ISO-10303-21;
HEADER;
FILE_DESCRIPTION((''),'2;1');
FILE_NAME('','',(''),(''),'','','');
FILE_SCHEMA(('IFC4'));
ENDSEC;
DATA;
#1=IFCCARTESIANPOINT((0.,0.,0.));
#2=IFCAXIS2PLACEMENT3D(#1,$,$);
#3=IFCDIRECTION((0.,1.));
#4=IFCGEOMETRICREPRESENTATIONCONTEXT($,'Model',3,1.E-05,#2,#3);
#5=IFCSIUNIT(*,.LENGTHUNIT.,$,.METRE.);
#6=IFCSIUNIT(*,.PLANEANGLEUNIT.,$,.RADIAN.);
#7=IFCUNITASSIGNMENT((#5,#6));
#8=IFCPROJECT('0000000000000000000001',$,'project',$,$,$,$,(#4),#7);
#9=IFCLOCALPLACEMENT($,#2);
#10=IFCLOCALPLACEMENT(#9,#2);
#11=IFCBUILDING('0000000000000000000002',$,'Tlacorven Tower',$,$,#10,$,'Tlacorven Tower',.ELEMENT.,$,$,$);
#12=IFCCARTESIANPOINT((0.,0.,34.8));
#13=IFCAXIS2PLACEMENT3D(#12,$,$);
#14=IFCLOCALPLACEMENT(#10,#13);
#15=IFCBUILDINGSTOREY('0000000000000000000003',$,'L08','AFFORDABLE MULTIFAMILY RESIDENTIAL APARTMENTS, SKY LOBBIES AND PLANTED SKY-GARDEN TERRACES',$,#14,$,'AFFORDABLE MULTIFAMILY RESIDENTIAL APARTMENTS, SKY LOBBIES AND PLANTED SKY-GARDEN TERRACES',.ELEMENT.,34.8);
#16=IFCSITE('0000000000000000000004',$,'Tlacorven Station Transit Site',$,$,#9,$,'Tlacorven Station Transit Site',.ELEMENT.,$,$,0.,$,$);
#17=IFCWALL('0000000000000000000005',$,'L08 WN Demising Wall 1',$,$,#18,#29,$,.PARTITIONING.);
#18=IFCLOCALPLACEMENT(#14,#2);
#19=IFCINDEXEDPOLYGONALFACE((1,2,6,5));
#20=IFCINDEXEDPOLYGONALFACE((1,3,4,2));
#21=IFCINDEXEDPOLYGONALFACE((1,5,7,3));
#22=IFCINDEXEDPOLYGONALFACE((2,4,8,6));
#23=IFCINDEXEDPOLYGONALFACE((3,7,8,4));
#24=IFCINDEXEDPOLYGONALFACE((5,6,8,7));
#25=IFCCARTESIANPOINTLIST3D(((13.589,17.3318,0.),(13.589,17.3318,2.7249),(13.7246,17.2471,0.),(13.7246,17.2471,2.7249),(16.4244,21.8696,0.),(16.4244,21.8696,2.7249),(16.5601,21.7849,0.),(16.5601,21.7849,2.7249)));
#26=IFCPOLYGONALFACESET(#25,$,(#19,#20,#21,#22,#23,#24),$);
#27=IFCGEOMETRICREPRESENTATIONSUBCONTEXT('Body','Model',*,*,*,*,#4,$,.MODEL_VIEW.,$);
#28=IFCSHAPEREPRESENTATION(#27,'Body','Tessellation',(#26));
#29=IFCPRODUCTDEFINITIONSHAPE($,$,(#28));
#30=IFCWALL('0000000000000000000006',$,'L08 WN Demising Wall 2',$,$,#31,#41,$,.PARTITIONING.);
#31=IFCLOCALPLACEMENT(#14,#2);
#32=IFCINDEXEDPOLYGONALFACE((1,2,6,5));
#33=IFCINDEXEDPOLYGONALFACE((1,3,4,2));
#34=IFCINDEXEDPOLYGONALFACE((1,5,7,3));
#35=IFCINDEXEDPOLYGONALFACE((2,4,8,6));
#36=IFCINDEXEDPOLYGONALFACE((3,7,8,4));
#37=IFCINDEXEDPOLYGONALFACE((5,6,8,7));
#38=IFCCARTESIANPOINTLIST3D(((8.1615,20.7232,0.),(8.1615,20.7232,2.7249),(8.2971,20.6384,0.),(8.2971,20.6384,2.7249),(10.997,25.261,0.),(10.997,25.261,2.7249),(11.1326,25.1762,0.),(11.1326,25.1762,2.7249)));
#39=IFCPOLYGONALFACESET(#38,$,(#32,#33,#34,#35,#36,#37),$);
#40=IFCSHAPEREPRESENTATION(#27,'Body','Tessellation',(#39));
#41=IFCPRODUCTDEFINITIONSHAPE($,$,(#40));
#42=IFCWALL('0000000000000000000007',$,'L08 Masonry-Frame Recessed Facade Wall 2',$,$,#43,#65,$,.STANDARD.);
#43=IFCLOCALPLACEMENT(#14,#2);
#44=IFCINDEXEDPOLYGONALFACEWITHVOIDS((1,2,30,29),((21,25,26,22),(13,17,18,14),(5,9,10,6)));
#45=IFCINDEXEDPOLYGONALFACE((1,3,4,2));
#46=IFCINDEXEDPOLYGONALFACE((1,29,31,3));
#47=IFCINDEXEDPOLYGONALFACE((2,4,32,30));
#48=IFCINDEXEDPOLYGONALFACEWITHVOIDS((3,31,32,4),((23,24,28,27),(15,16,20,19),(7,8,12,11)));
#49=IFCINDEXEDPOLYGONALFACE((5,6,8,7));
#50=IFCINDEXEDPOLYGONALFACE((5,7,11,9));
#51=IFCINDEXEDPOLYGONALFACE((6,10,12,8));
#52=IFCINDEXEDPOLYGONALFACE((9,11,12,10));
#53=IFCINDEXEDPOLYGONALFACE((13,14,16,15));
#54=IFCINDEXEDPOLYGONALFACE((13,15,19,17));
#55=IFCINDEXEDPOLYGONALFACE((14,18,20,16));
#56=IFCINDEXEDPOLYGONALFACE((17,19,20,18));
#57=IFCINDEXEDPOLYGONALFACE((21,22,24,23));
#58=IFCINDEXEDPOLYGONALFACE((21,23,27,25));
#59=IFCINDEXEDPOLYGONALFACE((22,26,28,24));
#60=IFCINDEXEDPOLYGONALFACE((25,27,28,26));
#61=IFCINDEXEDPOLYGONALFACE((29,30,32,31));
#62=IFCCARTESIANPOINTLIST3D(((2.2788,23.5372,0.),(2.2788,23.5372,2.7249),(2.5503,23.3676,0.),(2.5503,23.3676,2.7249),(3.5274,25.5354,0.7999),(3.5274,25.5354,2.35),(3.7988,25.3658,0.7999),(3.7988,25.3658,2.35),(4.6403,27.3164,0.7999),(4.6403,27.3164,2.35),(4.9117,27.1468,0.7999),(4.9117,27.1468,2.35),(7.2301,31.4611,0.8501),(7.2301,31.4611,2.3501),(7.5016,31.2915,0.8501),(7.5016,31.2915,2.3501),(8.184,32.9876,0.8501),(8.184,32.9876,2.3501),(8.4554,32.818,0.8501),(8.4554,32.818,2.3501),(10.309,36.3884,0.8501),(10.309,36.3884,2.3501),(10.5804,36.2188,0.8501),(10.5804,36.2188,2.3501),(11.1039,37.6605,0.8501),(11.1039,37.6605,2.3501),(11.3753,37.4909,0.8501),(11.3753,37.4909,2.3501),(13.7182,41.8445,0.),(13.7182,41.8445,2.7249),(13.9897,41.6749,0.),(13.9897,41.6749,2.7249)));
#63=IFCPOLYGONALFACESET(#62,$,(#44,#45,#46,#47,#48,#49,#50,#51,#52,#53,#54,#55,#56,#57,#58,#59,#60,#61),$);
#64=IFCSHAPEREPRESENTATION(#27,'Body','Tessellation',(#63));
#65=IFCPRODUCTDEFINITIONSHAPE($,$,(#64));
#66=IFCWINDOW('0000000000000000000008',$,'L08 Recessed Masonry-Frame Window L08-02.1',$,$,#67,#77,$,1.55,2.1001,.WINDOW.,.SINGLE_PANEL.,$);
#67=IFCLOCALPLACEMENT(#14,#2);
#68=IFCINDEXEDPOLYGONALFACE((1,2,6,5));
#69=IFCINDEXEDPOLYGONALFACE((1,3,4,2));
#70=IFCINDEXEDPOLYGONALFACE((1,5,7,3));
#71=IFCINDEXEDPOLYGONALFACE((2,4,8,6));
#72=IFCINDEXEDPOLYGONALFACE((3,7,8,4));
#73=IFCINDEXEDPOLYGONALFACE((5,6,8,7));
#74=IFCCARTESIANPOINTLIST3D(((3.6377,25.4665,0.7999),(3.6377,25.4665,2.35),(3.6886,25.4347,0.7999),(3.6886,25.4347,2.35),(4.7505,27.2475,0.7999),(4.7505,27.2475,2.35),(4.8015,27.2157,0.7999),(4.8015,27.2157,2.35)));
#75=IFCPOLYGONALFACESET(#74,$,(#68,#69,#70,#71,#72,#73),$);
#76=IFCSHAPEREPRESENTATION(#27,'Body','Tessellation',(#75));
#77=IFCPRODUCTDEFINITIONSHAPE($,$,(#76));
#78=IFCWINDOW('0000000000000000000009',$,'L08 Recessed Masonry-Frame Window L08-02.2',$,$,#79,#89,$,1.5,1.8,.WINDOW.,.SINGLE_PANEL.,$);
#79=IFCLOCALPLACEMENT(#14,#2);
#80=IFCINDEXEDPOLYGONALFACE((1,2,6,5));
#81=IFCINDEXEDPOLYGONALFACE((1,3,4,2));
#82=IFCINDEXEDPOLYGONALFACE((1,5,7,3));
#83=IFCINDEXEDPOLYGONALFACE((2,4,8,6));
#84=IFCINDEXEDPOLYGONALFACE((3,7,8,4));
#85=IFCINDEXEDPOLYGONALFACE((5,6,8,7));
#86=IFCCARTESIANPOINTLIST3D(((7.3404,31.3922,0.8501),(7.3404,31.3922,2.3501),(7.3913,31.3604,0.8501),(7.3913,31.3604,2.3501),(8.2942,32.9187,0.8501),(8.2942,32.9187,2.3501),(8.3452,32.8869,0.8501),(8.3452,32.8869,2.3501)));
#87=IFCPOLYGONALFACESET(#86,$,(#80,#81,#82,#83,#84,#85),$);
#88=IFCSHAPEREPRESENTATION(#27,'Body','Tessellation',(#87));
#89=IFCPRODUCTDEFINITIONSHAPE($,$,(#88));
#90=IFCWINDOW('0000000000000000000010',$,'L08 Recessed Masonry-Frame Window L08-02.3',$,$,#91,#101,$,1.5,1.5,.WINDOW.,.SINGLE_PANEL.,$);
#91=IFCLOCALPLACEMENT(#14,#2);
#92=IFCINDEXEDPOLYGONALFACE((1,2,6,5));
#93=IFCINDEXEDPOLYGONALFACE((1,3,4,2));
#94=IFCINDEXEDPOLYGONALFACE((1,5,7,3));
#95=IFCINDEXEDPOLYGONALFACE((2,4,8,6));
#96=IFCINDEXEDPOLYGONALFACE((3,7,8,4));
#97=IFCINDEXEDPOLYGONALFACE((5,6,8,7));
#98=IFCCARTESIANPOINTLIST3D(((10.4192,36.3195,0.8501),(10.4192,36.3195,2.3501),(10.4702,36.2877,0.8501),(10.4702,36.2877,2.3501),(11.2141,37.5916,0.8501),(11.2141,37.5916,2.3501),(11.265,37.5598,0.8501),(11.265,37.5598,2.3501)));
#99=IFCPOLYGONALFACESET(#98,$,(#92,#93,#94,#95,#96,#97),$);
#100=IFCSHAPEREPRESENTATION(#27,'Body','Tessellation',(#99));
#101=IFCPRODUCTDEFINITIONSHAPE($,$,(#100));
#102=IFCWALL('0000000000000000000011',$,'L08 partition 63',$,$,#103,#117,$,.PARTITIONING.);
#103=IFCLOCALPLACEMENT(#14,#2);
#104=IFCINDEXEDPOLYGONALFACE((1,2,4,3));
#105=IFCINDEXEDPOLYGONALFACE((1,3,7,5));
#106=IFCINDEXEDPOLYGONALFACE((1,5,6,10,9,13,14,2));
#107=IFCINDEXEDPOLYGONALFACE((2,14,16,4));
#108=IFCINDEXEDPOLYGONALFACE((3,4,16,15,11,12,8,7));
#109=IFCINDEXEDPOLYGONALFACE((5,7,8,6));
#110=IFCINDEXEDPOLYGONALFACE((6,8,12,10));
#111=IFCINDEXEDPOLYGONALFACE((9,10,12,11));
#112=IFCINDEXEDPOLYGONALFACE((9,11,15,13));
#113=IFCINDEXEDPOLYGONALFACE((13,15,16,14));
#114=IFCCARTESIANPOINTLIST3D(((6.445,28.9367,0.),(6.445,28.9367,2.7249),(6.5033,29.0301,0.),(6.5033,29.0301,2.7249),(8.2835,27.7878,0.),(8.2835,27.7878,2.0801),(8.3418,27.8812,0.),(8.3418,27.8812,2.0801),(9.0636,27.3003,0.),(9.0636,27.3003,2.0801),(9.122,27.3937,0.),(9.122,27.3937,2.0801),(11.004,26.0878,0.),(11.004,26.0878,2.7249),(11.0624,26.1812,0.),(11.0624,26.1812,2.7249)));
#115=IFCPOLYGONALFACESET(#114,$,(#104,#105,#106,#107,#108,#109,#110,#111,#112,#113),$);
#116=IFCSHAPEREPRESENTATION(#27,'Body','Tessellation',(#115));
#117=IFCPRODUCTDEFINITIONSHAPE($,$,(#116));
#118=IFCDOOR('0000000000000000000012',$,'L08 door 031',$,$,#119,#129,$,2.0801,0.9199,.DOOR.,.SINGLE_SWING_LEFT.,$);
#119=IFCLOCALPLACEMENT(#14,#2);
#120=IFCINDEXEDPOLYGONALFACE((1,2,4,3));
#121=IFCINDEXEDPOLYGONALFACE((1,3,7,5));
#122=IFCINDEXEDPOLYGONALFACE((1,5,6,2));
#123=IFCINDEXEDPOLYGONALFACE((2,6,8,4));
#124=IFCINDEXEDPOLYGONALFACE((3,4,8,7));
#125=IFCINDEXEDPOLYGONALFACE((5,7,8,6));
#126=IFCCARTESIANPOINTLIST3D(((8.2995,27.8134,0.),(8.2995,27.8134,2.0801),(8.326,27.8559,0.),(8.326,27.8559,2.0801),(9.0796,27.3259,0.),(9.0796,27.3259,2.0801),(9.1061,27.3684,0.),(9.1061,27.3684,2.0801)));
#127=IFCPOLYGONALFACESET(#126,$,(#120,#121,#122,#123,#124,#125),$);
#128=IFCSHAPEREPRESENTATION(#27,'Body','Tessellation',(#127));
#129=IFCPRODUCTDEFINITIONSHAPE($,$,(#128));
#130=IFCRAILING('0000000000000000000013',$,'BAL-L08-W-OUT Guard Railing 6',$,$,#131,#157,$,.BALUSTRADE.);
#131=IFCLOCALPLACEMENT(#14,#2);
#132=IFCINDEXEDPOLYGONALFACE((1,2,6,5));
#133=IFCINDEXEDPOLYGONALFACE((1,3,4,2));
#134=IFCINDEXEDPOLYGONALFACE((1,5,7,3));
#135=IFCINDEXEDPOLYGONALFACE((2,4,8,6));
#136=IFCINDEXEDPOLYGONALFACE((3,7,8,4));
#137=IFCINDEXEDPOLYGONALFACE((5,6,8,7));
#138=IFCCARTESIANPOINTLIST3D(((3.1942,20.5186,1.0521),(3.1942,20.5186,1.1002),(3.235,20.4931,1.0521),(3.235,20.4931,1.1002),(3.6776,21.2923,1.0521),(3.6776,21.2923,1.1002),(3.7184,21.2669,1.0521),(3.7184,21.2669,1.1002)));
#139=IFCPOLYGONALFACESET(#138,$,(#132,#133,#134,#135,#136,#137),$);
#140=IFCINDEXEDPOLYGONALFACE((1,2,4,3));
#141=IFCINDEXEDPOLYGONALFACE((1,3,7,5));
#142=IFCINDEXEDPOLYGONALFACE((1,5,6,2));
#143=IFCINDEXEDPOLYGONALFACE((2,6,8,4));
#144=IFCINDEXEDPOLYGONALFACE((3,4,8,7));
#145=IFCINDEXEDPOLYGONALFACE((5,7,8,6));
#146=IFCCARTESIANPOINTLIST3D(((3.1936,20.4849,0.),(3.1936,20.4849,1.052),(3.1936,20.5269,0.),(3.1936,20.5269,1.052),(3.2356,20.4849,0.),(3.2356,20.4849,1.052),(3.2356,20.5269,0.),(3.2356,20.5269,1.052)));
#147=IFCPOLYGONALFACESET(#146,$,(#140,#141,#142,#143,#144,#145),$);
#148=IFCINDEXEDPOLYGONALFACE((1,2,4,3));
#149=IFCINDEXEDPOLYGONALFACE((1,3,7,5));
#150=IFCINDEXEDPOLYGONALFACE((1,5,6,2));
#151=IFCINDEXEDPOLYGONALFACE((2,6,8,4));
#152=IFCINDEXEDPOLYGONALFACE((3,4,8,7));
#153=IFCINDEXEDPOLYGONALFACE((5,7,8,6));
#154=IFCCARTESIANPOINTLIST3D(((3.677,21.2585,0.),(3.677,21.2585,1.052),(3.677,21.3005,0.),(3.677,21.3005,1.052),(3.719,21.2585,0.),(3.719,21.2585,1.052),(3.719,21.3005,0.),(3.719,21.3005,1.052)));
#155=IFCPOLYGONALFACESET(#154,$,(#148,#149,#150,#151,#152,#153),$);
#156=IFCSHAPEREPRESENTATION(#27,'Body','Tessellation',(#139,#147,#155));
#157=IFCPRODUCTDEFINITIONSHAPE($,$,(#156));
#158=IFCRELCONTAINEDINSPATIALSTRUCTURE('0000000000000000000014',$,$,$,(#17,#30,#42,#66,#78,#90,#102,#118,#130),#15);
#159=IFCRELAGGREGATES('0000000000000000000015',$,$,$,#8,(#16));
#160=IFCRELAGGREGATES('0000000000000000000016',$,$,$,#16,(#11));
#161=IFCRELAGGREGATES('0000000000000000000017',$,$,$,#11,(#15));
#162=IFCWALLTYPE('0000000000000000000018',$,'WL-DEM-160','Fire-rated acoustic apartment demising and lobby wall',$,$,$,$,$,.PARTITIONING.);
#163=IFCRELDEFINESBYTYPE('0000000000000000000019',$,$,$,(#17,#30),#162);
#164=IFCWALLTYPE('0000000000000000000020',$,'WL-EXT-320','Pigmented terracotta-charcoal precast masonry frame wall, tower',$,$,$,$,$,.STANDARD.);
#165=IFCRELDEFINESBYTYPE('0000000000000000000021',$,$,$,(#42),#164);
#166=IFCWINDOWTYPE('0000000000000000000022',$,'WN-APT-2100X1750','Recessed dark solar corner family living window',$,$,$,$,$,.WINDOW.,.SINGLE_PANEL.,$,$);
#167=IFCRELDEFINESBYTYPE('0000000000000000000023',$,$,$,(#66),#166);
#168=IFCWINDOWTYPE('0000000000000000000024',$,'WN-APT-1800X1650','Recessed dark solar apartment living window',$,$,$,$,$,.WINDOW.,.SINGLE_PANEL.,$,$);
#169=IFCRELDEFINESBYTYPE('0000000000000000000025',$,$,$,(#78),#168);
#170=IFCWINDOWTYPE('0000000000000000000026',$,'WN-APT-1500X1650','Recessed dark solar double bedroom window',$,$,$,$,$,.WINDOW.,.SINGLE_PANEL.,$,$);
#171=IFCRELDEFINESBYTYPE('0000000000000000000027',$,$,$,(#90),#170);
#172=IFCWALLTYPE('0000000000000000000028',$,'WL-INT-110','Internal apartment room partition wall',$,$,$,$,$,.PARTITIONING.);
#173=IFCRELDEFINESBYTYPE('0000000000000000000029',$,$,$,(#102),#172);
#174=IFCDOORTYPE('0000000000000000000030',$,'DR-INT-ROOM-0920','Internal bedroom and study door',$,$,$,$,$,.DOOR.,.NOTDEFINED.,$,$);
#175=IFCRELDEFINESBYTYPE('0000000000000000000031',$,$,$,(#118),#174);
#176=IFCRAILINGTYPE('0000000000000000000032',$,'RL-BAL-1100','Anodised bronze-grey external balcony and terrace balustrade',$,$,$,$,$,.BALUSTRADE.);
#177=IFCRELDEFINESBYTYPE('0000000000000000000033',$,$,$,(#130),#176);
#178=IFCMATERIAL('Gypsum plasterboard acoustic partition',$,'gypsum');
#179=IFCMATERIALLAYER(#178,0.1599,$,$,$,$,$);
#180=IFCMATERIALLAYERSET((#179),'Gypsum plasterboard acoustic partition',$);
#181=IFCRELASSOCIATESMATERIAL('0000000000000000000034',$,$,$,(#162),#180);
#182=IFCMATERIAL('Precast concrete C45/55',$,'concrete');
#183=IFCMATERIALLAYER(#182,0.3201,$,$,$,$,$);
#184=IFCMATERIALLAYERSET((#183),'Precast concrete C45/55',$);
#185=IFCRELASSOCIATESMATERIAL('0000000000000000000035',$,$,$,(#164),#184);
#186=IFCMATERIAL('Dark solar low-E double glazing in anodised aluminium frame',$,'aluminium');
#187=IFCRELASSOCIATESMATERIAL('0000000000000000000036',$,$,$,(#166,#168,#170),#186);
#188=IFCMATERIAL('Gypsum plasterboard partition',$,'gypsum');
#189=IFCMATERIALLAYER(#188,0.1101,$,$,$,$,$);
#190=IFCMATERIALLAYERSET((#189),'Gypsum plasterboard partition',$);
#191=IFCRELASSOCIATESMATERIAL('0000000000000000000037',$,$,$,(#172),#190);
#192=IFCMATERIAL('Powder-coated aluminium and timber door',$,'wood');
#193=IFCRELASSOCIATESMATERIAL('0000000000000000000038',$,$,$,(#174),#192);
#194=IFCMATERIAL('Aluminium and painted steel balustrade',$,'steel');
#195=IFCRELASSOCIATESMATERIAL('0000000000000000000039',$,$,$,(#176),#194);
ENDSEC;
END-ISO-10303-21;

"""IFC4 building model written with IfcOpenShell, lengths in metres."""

from ifc_helpers import new_model, si_unit, direction, frame, frame_2d, origin, origin_2d, place, context, subcontext, project, spatial, rectangle, extrude, source, transform, mapped, material, layer, layer_set, type_object, element, fill, save


model = new_model("IFC4")

# Units and contexts
model_context = context("Model", 3, precision=1e-05, world=origin(), true_north=direction((0.0, 1.0)))
body_context = subcontext(model_context, "Body", "Model", "MODEL_VIEW")
ifc_project = project(units=[si_unit("LENGTHUNIT", "METRE"), si_unit("PLANEANGLEUNIT", "RADIAN")], contexts=[model_context])

# Site, building, storey
site_placement = place(None, origin())
site = spatial("IfcSite", under=ifc_project, at=site_placement, Name="Tlacorven Station Transit Site", LongName="Tlacorven Station Transit Site", CompositionType="ELEMENT", RefElevation=0.0)
building_placement = place(site_placement, origin())
building = spatial("IfcBuilding", under=site, at=building_placement, Name="Tlacorven Tower", LongName="Tlacorven Tower", CompositionType="ELEMENT")
storey_placement = place(building_placement, frame((0.0, 0.0, 34.8)))
storey = spatial("IfcBuildingStorey", under=building, at=storey_placement, Name="L08", Description="AFFORDABLE MULTIFAMILY RESIDENTIAL APARTMENTS, SKY LOBBIES AND PLANTED SKY-GARDEN TERRACES", LongName="AFFORDABLE MULTIFAMILY RESIDENTIAL APARTMENTS, SKY LOBBIES AND PLANTED SKY-GARDEN TERRACES", CompositionType="ELEMENT", Elevation=34.8)

# Walls
ifc_material_1 = material(Name="Gypsum plasterboard acoustic partition", Category="gypsum")
ifc_layer_1 = layer(ifc_material_1, 0.1599)
ifc_layer_set_1 = layer_set([ifc_layer_1], Name="Gypsum plasterboard acoustic partition")
wall_type_1 = type_object("IfcWallType", Name="WL-DEM-160", Description="Fire-rated acoustic apartment demising and lobby wall", PredefinedType="PARTITIONING", material=ifc_layer_set_1)
for number, where, z_axis, x_axis, name in (
    (1, (16.4922, 21.8271, 0.0), (0.0, 0.0, 1.0), (-0.529905, -0.848057, 0.0), "L08 WN Demising Wall 1"),
    (2, (11.0647, 25.2185, 0.0), (0.0, 0.0, 1.0), (-0.529905, -0.848057, 0.0), "L08 WN Demising Wall 2"),
):
    element("IfcWall", number, at=place(storey_placement, frame(where, z_axis=z_axis, x_axis=x_axis)), inside=storey, type_object=wall_type_1, Name=name, PredefinedType="PARTITIONING", context=body_context, shape_type="SweptSolid", body=[
        extrude(rectangle(XDim=5.3508, YDim=0.1599, at=frame_2d((2.6753, 0.0))), origin(), (0.0, 0.0, 1.0), 2.7249),
    ])

# Wall, openings, windows
ifc_material_2 = material(Name="Precast concrete C45/55", Category="concrete")
ifc_layer_2 = layer(ifc_material_2, 0.3201)
ifc_layer_set_2 = layer_set([ifc_layer_2], Name="Precast concrete C45/55")
wall_type_2 = type_object("IfcWallType", Name="WL-EXT-320", Description="Pigmented terracotta-charcoal precast masonry frame wall, tower", PredefinedType="STANDARD", material=ifc_layer_set_2)
wall_1_placement = place(storey_placement, frame((2.4146, 23.4524, 0.0), z_axis=(0.0, 0.0, 1.0), x_axis=(0.52991, 0.848054, 0.0)))
wall_1 = element("IfcWall", 3, at=wall_1_placement, inside=storey, type_object=wall_type_2, Name="L08 Masonry-Frame Recessed Facade Wall 2", PredefinedType="STANDARD", context=body_context, shape_type="SweptSolid", body=[
    extrude(rectangle(XDim=21.5874, YDim=0.3201, at=frame_2d((10.7937, 0.0))), origin(), (0.0, 0.0, 1.0), 2.7249),
])
opening_1_placement = place(wall_1_placement, frame((2.3562, 0.0, 0.8)))
opening_1 = element("IfcOpeningElement", 4, at=opening_1_placement, cuts=wall_1, PredefinedType="OPENING", context=body_context, shape_type="SweptSolid", body=[
    extrude(rectangle(XDim=2.1001, YDim=1.55, at=frame_2d((1.05, 0.7749))), frame((0.0, 0.1699, 0.0), z_axis=(0.0, -1.0, 0.0), x_axis=(1.0, 0.0, 0.0)), (0.0, 0.0, 1.0), 0.3401),
])
opening_2_placement = place(wall_1_placement, frame((9.3438, 0.0, 0.8501)))
opening_2 = element("IfcOpeningElement", 5, at=opening_2_placement, cuts=wall_1, PredefinedType="OPENING", context=body_context, shape_type="SweptSolid", body=[
    extrude(rectangle(XDim=1.8, YDim=1.5, at=frame_2d((0.8999, 0.75))), frame((0.0, 0.1699, 0.0), z_axis=(0.0, -1.0, 0.0), x_axis=(1.0, 0.0, 0.0)), (0.0, 0.0, 1.0), 0.3401),
])
opening_3_placement = place(wall_1_placement, frame((15.1538, 0.0, 0.8501)))
opening_3 = element("IfcOpeningElement", 6, at=opening_3_placement, cuts=wall_1, PredefinedType="OPENING", context=body_context, shape_type="SweptSolid", body=[
    extrude(rectangle(XDim=1.5, YDim=1.5, at=frame_2d((0.75, 0.75))), frame((0.0, 0.1699, 0.0), z_axis=(0.0, -1.0, 0.0), x_axis=(1.0, 0.0, 0.0)), (0.0, 0.0, 1.0), 0.3401),
])
ifc_material_3 = material(Name="Dark solar low-E double glazing in anodised aluminium frame", Category="aluminium")
window_type_1 = type_object("IfcWindowType", Name="WN-APT-2100X1750", Description="Recessed dark solar corner family living window", PartitioningType="SINGLE_PANEL", PredefinedType="WINDOW", material=ifc_material_3)
shared_shape_1 = source(origin(), body_context, "Body", "SweptSolid", [
    extrude(rectangle(XDim=2.1001, YDim=1.55, at=frame_2d((1.05, 0.7749))), frame((0.0, 0.03, 0.0), z_axis=(0.0, -1.0, 0.0), x_axis=(1.0, 0.0, 0.0)), (0.0, 0.0, 1.0), 0.0601),
])
window_1_placement = place(opening_1_placement, origin())
window_1 = element("IfcWindow", 7, at=window_1_placement, inside=storey, type_object=window_type_1, Name="L08 Recessed Masonry-Frame Window L08-02.1", OverallHeight=1.55, OverallWidth=2.1001, PartitioningType="SINGLE_PANEL", PredefinedType="WINDOW", context=body_context, shape_type="MappedRepresentation", body=[
    mapped(shared_shape_1, transform((0.0, 0.0, 0.0), scale=1.0)),
])
fill(opening_1, window_1)
window_type_2 = type_object("IfcWindowType", Name="WN-APT-1800X1650", Description="Recessed dark solar apartment living window", PartitioningType="SINGLE_PANEL", PredefinedType="WINDOW", material=ifc_material_3)
shared_shape_2 = source(origin(), body_context, "Body", "SweptSolid", [
    extrude(rectangle(XDim=1.8, YDim=1.5, at=frame_2d((0.8999, 0.75))), frame((0.0, 0.03, 0.0), z_axis=(0.0, -1.0, 0.0), x_axis=(1.0, 0.0, 0.0)), (0.0, 0.0, 1.0), 0.0601),
])
window_2_placement = place(opening_2_placement, origin())
window_2 = element("IfcWindow", 8, at=window_2_placement, inside=storey, type_object=window_type_2, Name="L08 Recessed Masonry-Frame Window L08-02.2", OverallHeight=1.5, OverallWidth=1.8, PartitioningType="SINGLE_PANEL", PredefinedType="WINDOW", context=body_context, shape_type="MappedRepresentation", body=[
    mapped(shared_shape_2, transform((0.0, 0.0, 0.0), scale=1.0)),
])
fill(opening_2, window_2)
window_type_3 = type_object("IfcWindowType", Name="WN-APT-1500X1650", Description="Recessed dark solar double bedroom window", PartitioningType="SINGLE_PANEL", PredefinedType="WINDOW", material=ifc_material_3)
shared_shape_3 = source(origin(), body_context, "Body", "SweptSolid", [
    extrude(rectangle(XDim=1.5, YDim=1.5, at=frame_2d((0.75, 0.75))), frame((0.0, 0.03, 0.0), z_axis=(0.0, -1.0, 0.0), x_axis=(1.0, 0.0, 0.0)), (0.0, 0.0, 1.0), 0.0601),
])
window_3_placement = place(opening_3_placement, origin())
window_3 = element("IfcWindow", 9, at=window_3_placement, inside=storey, type_object=window_type_3, Name="L08 Recessed Masonry-Frame Window L08-02.3", OverallHeight=1.5, OverallWidth=1.5, PartitioningType="SINGLE_PANEL", PredefinedType="WINDOW", context=body_context, shape_type="MappedRepresentation", body=[
    mapped(shared_shape_3, transform((0.0, 0.0, 0.0), scale=1.0)),
])
fill(opening_3, window_3)

# Wall, opening, door
ifc_material_4 = material(Name="Gypsum plasterboard partition", Category="gypsum")
ifc_layer_3 = layer(ifc_material_4, 0.1101)
ifc_layer_set_3 = layer_set([ifc_layer_3], Name="Gypsum plasterboard partition")
wall_type_3 = type_object("IfcWallType", Name="WL-INT-110", Description="Internal apartment room partition wall", PredefinedType="PARTITIONING", material=ifc_layer_set_3)
wall_2_placement = place(storey_placement, frame((11.0332, 26.1345, 0.0), z_axis=(0.0, 0.0, 1.0), x_axis=(-0.848044, 0.529925, 0.0)))
wall_2 = element("IfcWall", 10, at=wall_2_placement, inside=storey, type_object=wall_type_3, Name="L08 partition 63", PredefinedType="PARTITIONING", context=body_context, shape_type="SweptSolid", body=[
    extrude(rectangle(XDim=5.376, YDim=0.1101, at=frame_2d((2.688, 0.0))), origin(), (0.0, 0.0, 1.0), 2.7249),
])
opening_4_placement = place(wall_2_placement, frame((2.2881, 0.0, 0.0)))
opening_4 = element("IfcOpeningElement", 11, at=opening_4_placement, cuts=wall_2, PredefinedType="OPENING", context=body_context, shape_type="SweptSolid", body=[
    extrude(rectangle(XDim=0.9199, YDim=2.0801, at=frame_2d((0.46, 1.04))), frame((0.0, 0.0649, 0.0), z_axis=(0.0, -1.0, 0.0), x_axis=(1.0, 0.0, 0.0)), (0.0, 0.0, 1.0), 0.1301),
])
ifc_material_5 = material(Name="Powder-coated aluminium and timber door", Category="wood")
door_type = type_object("IfcDoorType", Name="DR-INT-ROOM-0920", Description="Internal bedroom and study door", OperationType="NOTDEFINED", PredefinedType="DOOR", material=ifc_material_5)
shared_shape_4 = source(origin(), body_context, "Body", "SweptSolid", [
    extrude(rectangle(XDim=0.9199, YDim=2.0801, at=frame_2d((0.46, 1.04))), frame((0.0, 0.0249, 0.0), z_axis=(0.0, -1.0, 0.0), x_axis=(1.0, 0.0, 0.0)), (0.0, 0.0, 1.0), 0.05),
])
door_placement = place(opening_4_placement, origin())
door = element("IfcDoor", 12, at=door_placement, inside=storey, type_object=door_type, Name="L08 door 031", OperationType="SINGLE_SWING_LEFT", OverallHeight=2.0801, OverallWidth=0.9199, PredefinedType="DOOR", context=body_context, shape_type="MappedRepresentation", body=[
    mapped(shared_shape_4, transform((0.0, 0.0, 0.0), scale=1.0)),
])
fill(opening_4, door)

# Railing
ifc_material_6 = material(Name="Aluminium and painted steel balustrade", Category="steel")
railing_type = type_object("IfcRailingType", Name="RL-BAL-1100", Description="Anodised bronze-grey external balcony and terrace balustrade", PredefinedType="BALUSTRADE", material=ifc_material_6)
shared_shape_5 = source(origin(), body_context, "Body", "SweptSolid", [
    extrude(rectangle(XDim=0.0481, YDim=0.0481, at=origin_2d()), frame((0.0, 0.0, 1.0762), z_axis=(0.529879, 0.848073, 0.0), x_axis=(-0.848073, 0.529879, 0.0)), (0.0, 0.0, 1.0), 0.9124),
    extrude(rectangle(XDim=0.042, YDim=0.042, at=origin_2d()), origin(), (0.0, 0.0, 1.0), 1.052),
    extrude(rectangle(XDim=0.042, YDim=0.042, at=origin_2d()), frame((0.4834, 0.7737, 0.0)), (0.0, 0.0, 1.0), 1.052),
])
railing_1_placement = place(storey_placement, frame((3.2146, 20.5059, 0.0)))
element("IfcRailing", 13, at=railing_1_placement, inside=storey, type_object=railing_type, Name="BAL-L08-W-OUT Guard Railing 6", PredefinedType="BALUSTRADE", context=body_context, shape_type="MappedRepresentation", body=[
    mapped(shared_shape_5, transform((0.0, 0.0, 0.0), scale=1.0)),
])

save(model, "model.ifc")
